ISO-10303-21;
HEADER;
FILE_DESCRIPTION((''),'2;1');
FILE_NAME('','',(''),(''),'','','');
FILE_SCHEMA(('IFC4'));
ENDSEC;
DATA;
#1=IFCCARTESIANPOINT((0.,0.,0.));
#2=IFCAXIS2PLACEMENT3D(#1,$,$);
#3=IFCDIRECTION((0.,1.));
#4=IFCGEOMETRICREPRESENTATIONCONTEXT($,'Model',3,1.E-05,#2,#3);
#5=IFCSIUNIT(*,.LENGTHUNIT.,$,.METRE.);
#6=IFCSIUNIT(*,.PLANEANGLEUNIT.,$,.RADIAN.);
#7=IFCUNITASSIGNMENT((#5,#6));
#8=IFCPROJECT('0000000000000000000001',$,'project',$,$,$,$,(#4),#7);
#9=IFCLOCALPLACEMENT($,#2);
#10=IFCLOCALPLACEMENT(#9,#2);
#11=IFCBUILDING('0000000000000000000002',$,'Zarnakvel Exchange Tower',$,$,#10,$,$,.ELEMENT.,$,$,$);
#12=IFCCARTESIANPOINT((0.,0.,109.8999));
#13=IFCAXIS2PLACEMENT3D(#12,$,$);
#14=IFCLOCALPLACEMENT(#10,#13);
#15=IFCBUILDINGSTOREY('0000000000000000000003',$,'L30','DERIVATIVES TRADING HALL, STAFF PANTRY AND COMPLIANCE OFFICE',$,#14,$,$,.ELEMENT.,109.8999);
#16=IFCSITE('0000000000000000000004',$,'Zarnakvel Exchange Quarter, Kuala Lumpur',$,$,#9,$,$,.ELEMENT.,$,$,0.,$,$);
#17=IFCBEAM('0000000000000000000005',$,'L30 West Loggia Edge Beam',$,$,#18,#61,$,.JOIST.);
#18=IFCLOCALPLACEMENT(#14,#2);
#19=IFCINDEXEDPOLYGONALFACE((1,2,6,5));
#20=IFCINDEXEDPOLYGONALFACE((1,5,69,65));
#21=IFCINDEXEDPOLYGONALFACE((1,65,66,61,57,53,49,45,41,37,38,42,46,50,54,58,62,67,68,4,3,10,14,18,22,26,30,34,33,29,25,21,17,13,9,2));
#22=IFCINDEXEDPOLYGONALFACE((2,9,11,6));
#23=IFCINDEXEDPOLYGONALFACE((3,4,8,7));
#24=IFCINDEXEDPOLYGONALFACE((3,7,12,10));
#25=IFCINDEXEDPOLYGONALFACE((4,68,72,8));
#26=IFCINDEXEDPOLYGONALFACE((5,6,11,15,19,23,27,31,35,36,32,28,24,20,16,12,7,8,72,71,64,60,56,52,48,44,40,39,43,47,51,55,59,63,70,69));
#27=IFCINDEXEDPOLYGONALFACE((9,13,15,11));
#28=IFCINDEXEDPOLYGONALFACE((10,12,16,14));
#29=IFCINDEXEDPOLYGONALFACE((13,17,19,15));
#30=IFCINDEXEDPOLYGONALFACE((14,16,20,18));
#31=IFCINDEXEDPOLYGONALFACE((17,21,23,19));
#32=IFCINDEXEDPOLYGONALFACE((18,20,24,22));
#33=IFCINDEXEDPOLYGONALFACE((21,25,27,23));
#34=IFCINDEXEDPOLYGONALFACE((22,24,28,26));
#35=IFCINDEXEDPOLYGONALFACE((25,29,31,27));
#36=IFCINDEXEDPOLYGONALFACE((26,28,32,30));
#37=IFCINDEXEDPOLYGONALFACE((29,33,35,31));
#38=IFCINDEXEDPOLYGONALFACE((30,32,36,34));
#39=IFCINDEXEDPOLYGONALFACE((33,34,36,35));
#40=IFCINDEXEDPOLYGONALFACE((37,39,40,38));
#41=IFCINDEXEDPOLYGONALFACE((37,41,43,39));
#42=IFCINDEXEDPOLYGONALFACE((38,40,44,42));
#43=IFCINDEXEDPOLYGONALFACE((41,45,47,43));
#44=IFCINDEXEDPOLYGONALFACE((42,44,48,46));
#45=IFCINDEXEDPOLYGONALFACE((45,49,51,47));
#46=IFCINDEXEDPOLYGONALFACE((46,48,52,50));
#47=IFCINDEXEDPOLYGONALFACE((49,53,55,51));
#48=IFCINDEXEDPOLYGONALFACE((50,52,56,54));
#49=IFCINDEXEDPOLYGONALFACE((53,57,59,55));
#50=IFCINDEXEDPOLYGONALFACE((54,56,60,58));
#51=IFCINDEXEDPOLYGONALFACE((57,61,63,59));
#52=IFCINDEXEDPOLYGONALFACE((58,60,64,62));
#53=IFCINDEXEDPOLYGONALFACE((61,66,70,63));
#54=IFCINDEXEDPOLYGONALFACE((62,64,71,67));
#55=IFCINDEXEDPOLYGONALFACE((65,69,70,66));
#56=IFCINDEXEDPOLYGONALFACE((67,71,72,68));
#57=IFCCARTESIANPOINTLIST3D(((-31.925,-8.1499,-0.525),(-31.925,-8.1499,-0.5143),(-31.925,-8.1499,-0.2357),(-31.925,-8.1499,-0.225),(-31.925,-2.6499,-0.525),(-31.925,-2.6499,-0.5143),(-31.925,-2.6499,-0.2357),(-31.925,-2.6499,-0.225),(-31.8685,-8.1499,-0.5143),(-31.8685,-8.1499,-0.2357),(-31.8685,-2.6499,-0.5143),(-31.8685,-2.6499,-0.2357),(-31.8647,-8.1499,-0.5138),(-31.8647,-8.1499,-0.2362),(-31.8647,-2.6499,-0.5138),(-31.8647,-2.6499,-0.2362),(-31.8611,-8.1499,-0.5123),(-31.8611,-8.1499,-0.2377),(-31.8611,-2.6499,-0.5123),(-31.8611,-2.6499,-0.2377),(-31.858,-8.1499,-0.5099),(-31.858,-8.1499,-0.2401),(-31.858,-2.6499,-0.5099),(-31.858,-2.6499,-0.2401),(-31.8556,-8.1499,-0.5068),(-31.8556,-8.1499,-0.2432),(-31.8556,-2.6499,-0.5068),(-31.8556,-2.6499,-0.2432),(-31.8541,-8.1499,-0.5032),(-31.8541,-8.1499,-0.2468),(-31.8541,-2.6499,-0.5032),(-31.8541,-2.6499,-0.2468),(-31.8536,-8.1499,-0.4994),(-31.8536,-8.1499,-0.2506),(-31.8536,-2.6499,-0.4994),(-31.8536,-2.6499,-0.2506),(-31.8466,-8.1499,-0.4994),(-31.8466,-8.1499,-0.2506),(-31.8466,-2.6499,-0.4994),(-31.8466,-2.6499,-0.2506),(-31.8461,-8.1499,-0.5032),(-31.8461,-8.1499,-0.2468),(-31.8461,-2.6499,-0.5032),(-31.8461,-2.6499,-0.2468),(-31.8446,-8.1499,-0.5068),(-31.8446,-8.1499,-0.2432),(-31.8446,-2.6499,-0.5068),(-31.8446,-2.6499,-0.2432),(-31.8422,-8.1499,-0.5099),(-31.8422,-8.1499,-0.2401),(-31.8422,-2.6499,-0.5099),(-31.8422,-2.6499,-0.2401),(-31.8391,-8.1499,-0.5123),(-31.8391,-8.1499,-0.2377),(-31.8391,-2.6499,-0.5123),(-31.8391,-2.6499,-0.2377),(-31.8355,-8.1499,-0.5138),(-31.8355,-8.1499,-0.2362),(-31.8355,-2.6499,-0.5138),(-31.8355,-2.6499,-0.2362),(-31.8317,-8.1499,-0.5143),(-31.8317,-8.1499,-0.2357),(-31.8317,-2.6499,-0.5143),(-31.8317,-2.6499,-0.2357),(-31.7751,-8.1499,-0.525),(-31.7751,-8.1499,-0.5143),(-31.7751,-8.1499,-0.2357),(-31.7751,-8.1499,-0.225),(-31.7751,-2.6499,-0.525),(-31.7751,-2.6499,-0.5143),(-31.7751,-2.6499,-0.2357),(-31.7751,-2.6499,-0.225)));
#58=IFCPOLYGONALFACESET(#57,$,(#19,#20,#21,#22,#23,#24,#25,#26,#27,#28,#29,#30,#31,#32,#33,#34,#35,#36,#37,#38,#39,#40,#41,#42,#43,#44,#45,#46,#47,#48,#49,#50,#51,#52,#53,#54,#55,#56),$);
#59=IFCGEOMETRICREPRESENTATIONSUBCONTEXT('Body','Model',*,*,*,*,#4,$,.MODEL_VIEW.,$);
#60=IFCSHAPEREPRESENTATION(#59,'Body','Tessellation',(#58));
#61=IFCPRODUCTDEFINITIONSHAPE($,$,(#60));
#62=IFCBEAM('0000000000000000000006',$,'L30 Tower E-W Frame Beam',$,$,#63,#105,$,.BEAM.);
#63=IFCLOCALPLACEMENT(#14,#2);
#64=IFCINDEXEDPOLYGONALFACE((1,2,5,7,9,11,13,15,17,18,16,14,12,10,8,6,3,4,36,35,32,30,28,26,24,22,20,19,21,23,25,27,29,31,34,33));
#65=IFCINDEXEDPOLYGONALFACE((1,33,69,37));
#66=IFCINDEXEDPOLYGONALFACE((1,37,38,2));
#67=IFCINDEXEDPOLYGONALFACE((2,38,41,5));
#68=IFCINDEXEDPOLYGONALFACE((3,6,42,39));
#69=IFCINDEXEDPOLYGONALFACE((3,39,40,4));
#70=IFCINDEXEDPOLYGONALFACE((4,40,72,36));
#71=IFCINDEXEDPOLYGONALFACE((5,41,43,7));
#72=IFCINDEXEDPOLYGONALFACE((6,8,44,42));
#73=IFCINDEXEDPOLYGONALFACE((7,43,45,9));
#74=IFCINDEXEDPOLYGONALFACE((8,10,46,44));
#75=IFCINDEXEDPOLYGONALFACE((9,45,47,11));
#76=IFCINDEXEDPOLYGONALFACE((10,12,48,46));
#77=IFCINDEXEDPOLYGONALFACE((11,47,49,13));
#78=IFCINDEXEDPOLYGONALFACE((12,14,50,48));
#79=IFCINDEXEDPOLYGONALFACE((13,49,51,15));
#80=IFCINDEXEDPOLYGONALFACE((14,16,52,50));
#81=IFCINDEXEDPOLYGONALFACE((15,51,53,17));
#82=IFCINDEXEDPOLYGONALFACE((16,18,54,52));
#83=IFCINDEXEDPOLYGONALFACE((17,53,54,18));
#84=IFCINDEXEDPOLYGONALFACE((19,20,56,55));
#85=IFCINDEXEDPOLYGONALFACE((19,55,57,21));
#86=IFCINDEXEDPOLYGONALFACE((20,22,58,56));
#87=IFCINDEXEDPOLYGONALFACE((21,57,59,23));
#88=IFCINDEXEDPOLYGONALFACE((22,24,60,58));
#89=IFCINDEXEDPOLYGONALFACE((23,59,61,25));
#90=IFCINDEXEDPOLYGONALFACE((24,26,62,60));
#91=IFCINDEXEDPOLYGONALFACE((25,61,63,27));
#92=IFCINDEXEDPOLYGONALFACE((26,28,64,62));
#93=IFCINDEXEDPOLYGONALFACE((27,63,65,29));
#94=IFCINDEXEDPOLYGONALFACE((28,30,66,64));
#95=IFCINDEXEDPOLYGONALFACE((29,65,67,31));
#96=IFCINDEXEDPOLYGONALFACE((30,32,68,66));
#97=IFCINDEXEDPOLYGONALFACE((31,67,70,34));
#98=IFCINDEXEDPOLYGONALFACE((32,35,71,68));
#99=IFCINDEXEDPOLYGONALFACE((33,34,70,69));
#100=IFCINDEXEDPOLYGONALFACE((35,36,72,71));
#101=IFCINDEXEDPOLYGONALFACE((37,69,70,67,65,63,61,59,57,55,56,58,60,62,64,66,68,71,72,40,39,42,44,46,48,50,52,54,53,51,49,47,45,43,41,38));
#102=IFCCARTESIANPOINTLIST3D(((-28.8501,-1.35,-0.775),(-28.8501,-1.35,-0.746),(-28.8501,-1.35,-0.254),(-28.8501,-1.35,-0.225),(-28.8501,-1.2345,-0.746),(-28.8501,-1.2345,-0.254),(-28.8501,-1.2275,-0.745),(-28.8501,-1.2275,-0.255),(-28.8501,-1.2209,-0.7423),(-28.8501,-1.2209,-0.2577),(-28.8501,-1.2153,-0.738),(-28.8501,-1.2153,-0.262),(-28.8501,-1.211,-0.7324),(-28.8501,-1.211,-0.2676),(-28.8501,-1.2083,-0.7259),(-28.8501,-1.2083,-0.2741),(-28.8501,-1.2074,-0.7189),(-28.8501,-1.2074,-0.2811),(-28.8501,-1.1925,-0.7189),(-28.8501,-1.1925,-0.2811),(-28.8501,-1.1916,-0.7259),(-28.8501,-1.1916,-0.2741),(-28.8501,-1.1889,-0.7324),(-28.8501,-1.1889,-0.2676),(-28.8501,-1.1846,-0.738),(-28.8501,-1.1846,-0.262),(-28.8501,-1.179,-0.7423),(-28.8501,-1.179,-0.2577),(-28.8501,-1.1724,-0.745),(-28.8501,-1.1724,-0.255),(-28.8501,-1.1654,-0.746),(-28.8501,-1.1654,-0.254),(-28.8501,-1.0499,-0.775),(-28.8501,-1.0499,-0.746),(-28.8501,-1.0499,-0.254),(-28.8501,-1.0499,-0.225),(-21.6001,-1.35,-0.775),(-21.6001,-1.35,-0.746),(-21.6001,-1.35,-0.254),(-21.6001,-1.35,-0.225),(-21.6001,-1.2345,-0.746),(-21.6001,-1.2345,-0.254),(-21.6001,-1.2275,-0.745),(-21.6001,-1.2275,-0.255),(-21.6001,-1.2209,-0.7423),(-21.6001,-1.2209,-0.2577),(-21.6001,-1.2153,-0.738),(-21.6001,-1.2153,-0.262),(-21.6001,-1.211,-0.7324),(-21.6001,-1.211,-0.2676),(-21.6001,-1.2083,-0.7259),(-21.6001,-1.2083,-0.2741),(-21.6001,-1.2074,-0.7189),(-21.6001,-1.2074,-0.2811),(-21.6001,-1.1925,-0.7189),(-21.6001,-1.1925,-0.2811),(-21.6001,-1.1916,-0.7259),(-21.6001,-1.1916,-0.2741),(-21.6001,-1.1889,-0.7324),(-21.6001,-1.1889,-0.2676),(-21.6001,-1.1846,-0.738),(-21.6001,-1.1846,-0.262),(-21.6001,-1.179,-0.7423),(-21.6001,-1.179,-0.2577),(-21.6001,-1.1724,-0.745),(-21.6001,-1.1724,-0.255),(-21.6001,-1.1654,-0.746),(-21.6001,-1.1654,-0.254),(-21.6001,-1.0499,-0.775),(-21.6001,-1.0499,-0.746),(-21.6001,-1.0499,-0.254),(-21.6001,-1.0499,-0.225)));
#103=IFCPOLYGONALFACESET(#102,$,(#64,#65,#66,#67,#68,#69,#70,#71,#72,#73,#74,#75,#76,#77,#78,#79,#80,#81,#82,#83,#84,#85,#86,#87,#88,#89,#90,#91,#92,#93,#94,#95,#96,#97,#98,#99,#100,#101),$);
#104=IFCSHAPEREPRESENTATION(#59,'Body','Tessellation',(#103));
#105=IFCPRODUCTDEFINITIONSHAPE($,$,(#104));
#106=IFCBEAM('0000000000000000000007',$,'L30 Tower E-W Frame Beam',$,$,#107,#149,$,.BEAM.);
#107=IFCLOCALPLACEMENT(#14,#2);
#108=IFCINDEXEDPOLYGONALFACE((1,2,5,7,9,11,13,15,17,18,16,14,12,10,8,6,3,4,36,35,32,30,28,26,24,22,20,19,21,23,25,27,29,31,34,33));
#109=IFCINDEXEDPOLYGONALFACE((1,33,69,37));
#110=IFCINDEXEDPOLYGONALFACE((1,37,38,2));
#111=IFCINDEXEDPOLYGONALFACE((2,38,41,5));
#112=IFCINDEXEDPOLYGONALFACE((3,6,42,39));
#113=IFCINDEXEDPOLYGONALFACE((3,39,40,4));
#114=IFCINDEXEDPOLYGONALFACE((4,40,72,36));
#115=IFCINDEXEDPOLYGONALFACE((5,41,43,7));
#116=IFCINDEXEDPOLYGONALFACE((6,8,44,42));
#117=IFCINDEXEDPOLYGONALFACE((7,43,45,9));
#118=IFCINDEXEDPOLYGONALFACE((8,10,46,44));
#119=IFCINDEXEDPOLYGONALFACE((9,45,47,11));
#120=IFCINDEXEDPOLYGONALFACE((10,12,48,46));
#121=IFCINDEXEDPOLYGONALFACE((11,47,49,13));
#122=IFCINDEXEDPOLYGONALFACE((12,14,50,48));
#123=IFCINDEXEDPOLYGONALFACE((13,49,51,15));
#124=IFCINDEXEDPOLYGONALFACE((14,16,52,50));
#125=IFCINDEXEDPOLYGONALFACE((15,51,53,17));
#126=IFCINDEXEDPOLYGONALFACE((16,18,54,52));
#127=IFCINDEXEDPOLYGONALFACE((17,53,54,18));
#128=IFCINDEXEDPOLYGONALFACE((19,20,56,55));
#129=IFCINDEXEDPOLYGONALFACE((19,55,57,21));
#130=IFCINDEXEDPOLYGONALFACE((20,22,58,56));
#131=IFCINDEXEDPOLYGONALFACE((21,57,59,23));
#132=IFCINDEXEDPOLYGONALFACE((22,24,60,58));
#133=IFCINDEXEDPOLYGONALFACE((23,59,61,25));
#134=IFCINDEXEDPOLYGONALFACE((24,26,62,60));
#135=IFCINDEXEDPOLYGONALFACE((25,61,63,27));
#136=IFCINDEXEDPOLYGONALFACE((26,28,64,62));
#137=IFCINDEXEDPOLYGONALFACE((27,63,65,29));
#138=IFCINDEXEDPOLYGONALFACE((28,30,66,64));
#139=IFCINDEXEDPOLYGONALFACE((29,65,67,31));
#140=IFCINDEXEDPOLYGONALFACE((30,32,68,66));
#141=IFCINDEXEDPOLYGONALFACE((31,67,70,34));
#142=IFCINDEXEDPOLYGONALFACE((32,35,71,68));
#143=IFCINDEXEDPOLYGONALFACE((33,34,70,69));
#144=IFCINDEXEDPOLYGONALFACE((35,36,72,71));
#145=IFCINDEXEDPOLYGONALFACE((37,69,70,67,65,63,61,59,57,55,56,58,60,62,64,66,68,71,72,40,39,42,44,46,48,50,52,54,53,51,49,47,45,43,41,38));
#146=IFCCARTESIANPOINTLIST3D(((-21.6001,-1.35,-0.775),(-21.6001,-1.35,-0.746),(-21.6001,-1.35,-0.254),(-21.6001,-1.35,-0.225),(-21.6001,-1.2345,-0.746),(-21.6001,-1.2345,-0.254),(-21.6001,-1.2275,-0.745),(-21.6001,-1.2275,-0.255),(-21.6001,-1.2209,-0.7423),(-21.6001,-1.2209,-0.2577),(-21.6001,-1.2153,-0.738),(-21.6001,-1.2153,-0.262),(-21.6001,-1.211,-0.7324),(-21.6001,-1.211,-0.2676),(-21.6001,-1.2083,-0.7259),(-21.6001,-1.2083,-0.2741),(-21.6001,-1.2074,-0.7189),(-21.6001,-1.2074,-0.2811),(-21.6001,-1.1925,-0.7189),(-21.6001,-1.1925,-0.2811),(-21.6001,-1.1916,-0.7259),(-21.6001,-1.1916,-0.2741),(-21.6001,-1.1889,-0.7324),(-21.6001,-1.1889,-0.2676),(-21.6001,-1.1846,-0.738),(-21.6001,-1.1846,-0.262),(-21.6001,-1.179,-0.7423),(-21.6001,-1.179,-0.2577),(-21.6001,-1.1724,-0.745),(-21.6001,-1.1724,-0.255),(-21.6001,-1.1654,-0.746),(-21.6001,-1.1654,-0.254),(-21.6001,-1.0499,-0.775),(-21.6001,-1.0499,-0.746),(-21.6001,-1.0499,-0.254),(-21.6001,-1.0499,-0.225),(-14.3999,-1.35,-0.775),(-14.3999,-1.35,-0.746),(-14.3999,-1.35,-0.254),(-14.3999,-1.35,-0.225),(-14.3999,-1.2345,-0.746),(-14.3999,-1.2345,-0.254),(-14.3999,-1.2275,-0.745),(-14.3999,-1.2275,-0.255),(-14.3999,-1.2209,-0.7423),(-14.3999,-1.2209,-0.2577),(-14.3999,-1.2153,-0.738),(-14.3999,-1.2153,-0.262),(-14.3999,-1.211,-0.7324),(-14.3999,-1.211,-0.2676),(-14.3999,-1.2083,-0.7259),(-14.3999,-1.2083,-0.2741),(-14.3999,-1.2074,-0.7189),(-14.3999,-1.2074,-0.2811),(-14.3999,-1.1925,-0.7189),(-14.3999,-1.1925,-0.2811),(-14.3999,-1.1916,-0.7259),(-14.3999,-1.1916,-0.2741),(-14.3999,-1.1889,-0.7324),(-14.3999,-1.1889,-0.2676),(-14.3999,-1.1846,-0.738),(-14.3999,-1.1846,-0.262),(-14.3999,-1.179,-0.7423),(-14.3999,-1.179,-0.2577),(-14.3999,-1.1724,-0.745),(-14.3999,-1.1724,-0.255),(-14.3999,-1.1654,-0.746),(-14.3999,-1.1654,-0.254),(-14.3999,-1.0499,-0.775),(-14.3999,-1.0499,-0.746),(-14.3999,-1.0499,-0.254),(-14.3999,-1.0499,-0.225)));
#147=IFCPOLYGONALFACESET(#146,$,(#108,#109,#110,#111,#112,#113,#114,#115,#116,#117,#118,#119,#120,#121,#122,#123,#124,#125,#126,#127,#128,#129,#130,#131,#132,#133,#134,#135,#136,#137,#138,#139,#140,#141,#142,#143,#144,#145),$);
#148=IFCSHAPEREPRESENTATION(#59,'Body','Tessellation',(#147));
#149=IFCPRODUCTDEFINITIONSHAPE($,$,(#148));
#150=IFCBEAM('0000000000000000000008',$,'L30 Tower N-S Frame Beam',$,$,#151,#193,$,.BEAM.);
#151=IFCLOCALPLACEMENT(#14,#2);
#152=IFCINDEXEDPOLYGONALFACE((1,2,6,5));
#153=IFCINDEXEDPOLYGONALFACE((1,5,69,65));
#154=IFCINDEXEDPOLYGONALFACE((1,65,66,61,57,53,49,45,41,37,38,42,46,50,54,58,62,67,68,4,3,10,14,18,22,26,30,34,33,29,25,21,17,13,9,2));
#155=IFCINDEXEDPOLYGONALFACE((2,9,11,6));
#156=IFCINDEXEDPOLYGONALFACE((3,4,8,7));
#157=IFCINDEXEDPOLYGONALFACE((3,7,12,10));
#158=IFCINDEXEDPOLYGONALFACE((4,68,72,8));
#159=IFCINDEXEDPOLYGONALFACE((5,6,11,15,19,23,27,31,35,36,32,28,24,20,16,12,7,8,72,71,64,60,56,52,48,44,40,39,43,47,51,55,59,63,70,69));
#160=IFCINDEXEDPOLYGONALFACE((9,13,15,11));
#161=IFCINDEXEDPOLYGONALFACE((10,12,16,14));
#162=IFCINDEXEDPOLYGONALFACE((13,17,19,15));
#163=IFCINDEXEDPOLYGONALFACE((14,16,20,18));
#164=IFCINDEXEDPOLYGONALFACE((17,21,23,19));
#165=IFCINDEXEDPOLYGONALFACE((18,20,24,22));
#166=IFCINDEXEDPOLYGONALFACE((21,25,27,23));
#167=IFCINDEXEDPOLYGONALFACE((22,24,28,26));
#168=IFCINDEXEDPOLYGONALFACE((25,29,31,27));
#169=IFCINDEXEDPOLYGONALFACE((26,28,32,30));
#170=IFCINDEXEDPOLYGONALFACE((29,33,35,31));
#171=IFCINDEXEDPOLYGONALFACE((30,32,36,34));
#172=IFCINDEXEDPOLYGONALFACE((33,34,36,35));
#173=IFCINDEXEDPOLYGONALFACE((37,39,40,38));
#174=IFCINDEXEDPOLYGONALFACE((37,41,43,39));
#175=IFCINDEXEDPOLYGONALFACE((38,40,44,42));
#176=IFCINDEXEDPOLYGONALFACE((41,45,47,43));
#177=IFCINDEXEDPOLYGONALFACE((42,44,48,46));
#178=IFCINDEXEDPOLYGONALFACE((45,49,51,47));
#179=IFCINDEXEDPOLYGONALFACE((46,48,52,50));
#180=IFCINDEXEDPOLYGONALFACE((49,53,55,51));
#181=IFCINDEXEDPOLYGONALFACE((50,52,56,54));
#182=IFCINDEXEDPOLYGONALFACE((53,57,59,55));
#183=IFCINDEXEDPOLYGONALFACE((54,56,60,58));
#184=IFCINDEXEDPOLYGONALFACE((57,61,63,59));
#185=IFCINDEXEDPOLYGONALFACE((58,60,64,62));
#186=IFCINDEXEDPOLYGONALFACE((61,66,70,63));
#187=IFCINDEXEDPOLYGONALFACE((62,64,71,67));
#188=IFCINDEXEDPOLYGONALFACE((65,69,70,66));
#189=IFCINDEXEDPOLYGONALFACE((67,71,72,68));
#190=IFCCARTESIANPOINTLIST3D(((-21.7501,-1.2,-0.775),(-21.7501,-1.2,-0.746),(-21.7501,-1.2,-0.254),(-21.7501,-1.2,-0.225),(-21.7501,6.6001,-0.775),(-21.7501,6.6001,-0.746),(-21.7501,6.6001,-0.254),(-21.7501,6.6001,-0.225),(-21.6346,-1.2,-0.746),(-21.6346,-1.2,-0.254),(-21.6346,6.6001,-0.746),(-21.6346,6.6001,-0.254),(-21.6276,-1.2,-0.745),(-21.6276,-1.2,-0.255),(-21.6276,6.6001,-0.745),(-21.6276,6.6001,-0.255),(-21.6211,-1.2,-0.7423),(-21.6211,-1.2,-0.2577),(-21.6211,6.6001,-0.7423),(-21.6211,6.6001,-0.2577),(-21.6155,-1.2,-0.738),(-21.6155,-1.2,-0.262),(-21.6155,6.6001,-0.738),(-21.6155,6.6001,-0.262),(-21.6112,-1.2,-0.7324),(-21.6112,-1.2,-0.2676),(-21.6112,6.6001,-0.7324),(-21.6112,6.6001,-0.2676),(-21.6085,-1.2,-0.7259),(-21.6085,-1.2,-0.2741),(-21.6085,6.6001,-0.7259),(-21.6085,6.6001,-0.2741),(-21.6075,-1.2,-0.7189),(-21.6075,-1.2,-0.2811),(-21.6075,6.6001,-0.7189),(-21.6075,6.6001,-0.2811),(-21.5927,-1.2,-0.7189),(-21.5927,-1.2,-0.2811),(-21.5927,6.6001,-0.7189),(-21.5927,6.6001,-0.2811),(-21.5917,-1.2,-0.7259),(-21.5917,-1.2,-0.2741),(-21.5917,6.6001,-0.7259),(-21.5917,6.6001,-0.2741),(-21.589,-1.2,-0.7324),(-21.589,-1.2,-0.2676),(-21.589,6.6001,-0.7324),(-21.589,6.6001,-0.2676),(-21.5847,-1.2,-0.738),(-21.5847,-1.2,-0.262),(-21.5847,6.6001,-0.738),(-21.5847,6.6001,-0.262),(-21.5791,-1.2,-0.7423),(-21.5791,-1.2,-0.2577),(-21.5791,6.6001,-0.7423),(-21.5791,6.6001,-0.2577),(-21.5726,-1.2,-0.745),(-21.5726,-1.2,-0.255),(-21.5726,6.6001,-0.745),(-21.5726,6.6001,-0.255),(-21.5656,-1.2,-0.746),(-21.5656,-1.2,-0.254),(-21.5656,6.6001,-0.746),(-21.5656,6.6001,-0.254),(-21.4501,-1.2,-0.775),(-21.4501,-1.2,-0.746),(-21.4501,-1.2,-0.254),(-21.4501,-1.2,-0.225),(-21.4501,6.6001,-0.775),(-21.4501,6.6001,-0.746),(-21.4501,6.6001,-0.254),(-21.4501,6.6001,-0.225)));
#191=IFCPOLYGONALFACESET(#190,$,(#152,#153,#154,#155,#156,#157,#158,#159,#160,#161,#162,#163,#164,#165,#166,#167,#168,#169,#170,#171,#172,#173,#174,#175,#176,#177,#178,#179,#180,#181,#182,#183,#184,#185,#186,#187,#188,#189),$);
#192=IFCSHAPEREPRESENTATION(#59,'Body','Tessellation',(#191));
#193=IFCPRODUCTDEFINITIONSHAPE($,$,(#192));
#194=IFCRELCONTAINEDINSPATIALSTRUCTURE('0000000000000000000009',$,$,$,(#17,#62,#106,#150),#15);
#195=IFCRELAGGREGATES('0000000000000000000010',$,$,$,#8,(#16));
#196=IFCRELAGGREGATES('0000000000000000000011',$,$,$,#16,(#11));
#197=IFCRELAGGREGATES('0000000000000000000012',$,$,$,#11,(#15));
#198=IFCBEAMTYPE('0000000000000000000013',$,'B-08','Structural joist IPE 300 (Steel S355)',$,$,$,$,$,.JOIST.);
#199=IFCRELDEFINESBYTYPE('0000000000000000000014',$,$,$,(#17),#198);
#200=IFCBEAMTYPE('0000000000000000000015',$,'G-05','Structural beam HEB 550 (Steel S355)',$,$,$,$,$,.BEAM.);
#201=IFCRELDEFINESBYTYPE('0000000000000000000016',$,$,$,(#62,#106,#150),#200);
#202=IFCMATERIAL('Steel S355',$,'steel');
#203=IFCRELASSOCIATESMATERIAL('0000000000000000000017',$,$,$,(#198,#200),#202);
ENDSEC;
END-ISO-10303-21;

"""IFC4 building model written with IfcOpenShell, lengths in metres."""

from ifc_helpers import new_model, si_unit, direction, frame, origin, origin_2d, place, context, subcontext, project, spatial, i_section, extrude, material, material_profile, profile_set, type_object, element, save


model = new_model("IFC4")

# Units and contexts
model_context = context("Model", 3, precision=1e-05, world=origin(), true_north=direction((0.0, 1.0)))
body_context = subcontext(model_context, "Body", "Model", "MODEL_VIEW")
ifc_project = project(units=[si_unit("LENGTHUNIT", "METRE"), si_unit("PLANEANGLEUNIT", "RADIAN")], contexts=[model_context])

# Site, building, storey
site_placement = place(None, origin())
site = spatial("IfcSite", under=ifc_project, at=site_placement, Name="Zarnakvel Exchange Quarter, Kuala Lumpur", CompositionType="ELEMENT", RefElevation=0.0)
building_placement = place(site_placement, origin())
building = spatial("IfcBuilding", under=site, at=building_placement, Name="Zarnakvel Exchange Tower", CompositionType="ELEMENT")
storey_placement = place(building_placement, frame((0.0, 0.0, 109.8999)))
storey = spatial("IfcBuildingStorey", under=building, at=storey_placement, Name="L30", Description="DERIVATIVES TRADING HALL, STAFF PANTRY AND COMPLIANCE OFFICE", CompositionType="ELEMENT", Elevation=109.8999)

# Shared definitions
ifc_material_1 = material(Name="Steel S355", Category="steel")

# Beams
ifc_material_profile_1 = material_profile(ifc_material_1, i_section(OverallWidth=0.1499, OverallDepth=0.3, WebThickness=0.0071, FlangeThickness=0.0107, FilletRadius=0.0149, at=origin_2d()))
ifc_profile_set_1 = profile_set([ifc_material_profile_1], Name="Steel S355")
beam_type_1 = type_object("IfcBeamType", Name="B-08", Description="Structural joist IPE 300 (Steel S355)", PredefinedType="JOIST", material=ifc_profile_set_1)
beam_1_placement = place(storey_placement, frame((-31.8501, -8.1499, -0.375), z_axis=(0.0, 1.0, 0.0), x_axis=(-1.0, 0.0, 0.0)))
element("IfcBeam", 1, at=beam_1_placement, inside=storey, type_object=beam_type_1, Name="L30 West Loggia Edge Beam", PredefinedType="JOIST", context=body_context, shape_type="SweptSolid", body=[
    extrude(i_section(OverallWidth=0.1499, OverallDepth=0.3, WebThickness=0.0071, FlangeThickness=0.0107, FilletRadius=0.0149, at=origin_2d()), origin(), (0.0, 0.0, 1.0), 5.5),
])
ifc_material_profile_2 = material_profile(ifc_material_1, i_section(OverallWidth=0.3, OverallDepth=0.55, WebThickness=0.0149, FlangeThickness=0.0291, FilletRadius=0.0271, at=origin_2d()))
ifc_profile_set_2 = profile_set([ifc_material_profile_2], Name="Steel S355")
beam_type_2 = type_object("IfcBeamType", Name="G-05", Description="Structural beam HEB 550 (Steel S355)", PredefinedType="BEAM", material=ifc_profile_set_2)
beam_2_placement = place(storey_placement, frame((-28.8501, -1.2, -0.5), z_axis=(1.0, 0.0, 0.0), x_axis=(0.0, 1.0, 0.0)))
element("IfcBeam", 2, at=beam_2_placement, inside=storey, type_object=beam_type_2, Name="L30 Tower E-W Frame Beam", PredefinedType="BEAM", context=body_context, shape_type="SweptSolid", body=[
    extrude(i_section(OverallWidth=0.3, OverallDepth=0.55, WebThickness=0.0149, FlangeThickness=0.0291, FilletRadius=0.0271, at=origin_2d()), origin(), (0.0, 0.0, 1.0), 7.25),
])
beam_3_placement = place(storey_placement, frame((-21.6001, -1.2, -0.5), z_axis=(1.0, 0.0, 0.0), x_axis=(0.0, 1.0, 0.0)))
element("IfcBeam", 3, at=beam_3_placement, inside=storey, type_object=beam_type_2, Name="L30 Tower E-W Frame Beam", PredefinedType="BEAM", context=body_context, shape_type="SweptSolid", body=[
    extrude(i_section(OverallWidth=0.3, OverallDepth=0.55, WebThickness=0.0149, FlangeThickness=0.0291, FilletRadius=0.0271, at=origin_2d()), origin(), (0.0, 0.0, 1.0), 7.2002),
])
beam_4_placement = place(storey_placement, frame((-21.6001, -1.2, -0.5), z_axis=(0.0, 1.0, 0.0), x_axis=(-1.0, 0.0, 0.0)))
element("IfcBeam", 4, at=beam_4_placement, inside=storey, type_object=beam_type_2, Name="L30 Tower N-S Frame Beam", PredefinedType="BEAM", context=body_context, shape_type="SweptSolid", body=[
    extrude(i_section(OverallWidth=0.3, OverallDepth=0.55, WebThickness=0.0149, FlangeThickness=0.0291, FilletRadius=0.0271, at=origin_2d()), origin(), (0.0, 0.0, 1.0), 7.8),
])

save(model, "model.ifc")
